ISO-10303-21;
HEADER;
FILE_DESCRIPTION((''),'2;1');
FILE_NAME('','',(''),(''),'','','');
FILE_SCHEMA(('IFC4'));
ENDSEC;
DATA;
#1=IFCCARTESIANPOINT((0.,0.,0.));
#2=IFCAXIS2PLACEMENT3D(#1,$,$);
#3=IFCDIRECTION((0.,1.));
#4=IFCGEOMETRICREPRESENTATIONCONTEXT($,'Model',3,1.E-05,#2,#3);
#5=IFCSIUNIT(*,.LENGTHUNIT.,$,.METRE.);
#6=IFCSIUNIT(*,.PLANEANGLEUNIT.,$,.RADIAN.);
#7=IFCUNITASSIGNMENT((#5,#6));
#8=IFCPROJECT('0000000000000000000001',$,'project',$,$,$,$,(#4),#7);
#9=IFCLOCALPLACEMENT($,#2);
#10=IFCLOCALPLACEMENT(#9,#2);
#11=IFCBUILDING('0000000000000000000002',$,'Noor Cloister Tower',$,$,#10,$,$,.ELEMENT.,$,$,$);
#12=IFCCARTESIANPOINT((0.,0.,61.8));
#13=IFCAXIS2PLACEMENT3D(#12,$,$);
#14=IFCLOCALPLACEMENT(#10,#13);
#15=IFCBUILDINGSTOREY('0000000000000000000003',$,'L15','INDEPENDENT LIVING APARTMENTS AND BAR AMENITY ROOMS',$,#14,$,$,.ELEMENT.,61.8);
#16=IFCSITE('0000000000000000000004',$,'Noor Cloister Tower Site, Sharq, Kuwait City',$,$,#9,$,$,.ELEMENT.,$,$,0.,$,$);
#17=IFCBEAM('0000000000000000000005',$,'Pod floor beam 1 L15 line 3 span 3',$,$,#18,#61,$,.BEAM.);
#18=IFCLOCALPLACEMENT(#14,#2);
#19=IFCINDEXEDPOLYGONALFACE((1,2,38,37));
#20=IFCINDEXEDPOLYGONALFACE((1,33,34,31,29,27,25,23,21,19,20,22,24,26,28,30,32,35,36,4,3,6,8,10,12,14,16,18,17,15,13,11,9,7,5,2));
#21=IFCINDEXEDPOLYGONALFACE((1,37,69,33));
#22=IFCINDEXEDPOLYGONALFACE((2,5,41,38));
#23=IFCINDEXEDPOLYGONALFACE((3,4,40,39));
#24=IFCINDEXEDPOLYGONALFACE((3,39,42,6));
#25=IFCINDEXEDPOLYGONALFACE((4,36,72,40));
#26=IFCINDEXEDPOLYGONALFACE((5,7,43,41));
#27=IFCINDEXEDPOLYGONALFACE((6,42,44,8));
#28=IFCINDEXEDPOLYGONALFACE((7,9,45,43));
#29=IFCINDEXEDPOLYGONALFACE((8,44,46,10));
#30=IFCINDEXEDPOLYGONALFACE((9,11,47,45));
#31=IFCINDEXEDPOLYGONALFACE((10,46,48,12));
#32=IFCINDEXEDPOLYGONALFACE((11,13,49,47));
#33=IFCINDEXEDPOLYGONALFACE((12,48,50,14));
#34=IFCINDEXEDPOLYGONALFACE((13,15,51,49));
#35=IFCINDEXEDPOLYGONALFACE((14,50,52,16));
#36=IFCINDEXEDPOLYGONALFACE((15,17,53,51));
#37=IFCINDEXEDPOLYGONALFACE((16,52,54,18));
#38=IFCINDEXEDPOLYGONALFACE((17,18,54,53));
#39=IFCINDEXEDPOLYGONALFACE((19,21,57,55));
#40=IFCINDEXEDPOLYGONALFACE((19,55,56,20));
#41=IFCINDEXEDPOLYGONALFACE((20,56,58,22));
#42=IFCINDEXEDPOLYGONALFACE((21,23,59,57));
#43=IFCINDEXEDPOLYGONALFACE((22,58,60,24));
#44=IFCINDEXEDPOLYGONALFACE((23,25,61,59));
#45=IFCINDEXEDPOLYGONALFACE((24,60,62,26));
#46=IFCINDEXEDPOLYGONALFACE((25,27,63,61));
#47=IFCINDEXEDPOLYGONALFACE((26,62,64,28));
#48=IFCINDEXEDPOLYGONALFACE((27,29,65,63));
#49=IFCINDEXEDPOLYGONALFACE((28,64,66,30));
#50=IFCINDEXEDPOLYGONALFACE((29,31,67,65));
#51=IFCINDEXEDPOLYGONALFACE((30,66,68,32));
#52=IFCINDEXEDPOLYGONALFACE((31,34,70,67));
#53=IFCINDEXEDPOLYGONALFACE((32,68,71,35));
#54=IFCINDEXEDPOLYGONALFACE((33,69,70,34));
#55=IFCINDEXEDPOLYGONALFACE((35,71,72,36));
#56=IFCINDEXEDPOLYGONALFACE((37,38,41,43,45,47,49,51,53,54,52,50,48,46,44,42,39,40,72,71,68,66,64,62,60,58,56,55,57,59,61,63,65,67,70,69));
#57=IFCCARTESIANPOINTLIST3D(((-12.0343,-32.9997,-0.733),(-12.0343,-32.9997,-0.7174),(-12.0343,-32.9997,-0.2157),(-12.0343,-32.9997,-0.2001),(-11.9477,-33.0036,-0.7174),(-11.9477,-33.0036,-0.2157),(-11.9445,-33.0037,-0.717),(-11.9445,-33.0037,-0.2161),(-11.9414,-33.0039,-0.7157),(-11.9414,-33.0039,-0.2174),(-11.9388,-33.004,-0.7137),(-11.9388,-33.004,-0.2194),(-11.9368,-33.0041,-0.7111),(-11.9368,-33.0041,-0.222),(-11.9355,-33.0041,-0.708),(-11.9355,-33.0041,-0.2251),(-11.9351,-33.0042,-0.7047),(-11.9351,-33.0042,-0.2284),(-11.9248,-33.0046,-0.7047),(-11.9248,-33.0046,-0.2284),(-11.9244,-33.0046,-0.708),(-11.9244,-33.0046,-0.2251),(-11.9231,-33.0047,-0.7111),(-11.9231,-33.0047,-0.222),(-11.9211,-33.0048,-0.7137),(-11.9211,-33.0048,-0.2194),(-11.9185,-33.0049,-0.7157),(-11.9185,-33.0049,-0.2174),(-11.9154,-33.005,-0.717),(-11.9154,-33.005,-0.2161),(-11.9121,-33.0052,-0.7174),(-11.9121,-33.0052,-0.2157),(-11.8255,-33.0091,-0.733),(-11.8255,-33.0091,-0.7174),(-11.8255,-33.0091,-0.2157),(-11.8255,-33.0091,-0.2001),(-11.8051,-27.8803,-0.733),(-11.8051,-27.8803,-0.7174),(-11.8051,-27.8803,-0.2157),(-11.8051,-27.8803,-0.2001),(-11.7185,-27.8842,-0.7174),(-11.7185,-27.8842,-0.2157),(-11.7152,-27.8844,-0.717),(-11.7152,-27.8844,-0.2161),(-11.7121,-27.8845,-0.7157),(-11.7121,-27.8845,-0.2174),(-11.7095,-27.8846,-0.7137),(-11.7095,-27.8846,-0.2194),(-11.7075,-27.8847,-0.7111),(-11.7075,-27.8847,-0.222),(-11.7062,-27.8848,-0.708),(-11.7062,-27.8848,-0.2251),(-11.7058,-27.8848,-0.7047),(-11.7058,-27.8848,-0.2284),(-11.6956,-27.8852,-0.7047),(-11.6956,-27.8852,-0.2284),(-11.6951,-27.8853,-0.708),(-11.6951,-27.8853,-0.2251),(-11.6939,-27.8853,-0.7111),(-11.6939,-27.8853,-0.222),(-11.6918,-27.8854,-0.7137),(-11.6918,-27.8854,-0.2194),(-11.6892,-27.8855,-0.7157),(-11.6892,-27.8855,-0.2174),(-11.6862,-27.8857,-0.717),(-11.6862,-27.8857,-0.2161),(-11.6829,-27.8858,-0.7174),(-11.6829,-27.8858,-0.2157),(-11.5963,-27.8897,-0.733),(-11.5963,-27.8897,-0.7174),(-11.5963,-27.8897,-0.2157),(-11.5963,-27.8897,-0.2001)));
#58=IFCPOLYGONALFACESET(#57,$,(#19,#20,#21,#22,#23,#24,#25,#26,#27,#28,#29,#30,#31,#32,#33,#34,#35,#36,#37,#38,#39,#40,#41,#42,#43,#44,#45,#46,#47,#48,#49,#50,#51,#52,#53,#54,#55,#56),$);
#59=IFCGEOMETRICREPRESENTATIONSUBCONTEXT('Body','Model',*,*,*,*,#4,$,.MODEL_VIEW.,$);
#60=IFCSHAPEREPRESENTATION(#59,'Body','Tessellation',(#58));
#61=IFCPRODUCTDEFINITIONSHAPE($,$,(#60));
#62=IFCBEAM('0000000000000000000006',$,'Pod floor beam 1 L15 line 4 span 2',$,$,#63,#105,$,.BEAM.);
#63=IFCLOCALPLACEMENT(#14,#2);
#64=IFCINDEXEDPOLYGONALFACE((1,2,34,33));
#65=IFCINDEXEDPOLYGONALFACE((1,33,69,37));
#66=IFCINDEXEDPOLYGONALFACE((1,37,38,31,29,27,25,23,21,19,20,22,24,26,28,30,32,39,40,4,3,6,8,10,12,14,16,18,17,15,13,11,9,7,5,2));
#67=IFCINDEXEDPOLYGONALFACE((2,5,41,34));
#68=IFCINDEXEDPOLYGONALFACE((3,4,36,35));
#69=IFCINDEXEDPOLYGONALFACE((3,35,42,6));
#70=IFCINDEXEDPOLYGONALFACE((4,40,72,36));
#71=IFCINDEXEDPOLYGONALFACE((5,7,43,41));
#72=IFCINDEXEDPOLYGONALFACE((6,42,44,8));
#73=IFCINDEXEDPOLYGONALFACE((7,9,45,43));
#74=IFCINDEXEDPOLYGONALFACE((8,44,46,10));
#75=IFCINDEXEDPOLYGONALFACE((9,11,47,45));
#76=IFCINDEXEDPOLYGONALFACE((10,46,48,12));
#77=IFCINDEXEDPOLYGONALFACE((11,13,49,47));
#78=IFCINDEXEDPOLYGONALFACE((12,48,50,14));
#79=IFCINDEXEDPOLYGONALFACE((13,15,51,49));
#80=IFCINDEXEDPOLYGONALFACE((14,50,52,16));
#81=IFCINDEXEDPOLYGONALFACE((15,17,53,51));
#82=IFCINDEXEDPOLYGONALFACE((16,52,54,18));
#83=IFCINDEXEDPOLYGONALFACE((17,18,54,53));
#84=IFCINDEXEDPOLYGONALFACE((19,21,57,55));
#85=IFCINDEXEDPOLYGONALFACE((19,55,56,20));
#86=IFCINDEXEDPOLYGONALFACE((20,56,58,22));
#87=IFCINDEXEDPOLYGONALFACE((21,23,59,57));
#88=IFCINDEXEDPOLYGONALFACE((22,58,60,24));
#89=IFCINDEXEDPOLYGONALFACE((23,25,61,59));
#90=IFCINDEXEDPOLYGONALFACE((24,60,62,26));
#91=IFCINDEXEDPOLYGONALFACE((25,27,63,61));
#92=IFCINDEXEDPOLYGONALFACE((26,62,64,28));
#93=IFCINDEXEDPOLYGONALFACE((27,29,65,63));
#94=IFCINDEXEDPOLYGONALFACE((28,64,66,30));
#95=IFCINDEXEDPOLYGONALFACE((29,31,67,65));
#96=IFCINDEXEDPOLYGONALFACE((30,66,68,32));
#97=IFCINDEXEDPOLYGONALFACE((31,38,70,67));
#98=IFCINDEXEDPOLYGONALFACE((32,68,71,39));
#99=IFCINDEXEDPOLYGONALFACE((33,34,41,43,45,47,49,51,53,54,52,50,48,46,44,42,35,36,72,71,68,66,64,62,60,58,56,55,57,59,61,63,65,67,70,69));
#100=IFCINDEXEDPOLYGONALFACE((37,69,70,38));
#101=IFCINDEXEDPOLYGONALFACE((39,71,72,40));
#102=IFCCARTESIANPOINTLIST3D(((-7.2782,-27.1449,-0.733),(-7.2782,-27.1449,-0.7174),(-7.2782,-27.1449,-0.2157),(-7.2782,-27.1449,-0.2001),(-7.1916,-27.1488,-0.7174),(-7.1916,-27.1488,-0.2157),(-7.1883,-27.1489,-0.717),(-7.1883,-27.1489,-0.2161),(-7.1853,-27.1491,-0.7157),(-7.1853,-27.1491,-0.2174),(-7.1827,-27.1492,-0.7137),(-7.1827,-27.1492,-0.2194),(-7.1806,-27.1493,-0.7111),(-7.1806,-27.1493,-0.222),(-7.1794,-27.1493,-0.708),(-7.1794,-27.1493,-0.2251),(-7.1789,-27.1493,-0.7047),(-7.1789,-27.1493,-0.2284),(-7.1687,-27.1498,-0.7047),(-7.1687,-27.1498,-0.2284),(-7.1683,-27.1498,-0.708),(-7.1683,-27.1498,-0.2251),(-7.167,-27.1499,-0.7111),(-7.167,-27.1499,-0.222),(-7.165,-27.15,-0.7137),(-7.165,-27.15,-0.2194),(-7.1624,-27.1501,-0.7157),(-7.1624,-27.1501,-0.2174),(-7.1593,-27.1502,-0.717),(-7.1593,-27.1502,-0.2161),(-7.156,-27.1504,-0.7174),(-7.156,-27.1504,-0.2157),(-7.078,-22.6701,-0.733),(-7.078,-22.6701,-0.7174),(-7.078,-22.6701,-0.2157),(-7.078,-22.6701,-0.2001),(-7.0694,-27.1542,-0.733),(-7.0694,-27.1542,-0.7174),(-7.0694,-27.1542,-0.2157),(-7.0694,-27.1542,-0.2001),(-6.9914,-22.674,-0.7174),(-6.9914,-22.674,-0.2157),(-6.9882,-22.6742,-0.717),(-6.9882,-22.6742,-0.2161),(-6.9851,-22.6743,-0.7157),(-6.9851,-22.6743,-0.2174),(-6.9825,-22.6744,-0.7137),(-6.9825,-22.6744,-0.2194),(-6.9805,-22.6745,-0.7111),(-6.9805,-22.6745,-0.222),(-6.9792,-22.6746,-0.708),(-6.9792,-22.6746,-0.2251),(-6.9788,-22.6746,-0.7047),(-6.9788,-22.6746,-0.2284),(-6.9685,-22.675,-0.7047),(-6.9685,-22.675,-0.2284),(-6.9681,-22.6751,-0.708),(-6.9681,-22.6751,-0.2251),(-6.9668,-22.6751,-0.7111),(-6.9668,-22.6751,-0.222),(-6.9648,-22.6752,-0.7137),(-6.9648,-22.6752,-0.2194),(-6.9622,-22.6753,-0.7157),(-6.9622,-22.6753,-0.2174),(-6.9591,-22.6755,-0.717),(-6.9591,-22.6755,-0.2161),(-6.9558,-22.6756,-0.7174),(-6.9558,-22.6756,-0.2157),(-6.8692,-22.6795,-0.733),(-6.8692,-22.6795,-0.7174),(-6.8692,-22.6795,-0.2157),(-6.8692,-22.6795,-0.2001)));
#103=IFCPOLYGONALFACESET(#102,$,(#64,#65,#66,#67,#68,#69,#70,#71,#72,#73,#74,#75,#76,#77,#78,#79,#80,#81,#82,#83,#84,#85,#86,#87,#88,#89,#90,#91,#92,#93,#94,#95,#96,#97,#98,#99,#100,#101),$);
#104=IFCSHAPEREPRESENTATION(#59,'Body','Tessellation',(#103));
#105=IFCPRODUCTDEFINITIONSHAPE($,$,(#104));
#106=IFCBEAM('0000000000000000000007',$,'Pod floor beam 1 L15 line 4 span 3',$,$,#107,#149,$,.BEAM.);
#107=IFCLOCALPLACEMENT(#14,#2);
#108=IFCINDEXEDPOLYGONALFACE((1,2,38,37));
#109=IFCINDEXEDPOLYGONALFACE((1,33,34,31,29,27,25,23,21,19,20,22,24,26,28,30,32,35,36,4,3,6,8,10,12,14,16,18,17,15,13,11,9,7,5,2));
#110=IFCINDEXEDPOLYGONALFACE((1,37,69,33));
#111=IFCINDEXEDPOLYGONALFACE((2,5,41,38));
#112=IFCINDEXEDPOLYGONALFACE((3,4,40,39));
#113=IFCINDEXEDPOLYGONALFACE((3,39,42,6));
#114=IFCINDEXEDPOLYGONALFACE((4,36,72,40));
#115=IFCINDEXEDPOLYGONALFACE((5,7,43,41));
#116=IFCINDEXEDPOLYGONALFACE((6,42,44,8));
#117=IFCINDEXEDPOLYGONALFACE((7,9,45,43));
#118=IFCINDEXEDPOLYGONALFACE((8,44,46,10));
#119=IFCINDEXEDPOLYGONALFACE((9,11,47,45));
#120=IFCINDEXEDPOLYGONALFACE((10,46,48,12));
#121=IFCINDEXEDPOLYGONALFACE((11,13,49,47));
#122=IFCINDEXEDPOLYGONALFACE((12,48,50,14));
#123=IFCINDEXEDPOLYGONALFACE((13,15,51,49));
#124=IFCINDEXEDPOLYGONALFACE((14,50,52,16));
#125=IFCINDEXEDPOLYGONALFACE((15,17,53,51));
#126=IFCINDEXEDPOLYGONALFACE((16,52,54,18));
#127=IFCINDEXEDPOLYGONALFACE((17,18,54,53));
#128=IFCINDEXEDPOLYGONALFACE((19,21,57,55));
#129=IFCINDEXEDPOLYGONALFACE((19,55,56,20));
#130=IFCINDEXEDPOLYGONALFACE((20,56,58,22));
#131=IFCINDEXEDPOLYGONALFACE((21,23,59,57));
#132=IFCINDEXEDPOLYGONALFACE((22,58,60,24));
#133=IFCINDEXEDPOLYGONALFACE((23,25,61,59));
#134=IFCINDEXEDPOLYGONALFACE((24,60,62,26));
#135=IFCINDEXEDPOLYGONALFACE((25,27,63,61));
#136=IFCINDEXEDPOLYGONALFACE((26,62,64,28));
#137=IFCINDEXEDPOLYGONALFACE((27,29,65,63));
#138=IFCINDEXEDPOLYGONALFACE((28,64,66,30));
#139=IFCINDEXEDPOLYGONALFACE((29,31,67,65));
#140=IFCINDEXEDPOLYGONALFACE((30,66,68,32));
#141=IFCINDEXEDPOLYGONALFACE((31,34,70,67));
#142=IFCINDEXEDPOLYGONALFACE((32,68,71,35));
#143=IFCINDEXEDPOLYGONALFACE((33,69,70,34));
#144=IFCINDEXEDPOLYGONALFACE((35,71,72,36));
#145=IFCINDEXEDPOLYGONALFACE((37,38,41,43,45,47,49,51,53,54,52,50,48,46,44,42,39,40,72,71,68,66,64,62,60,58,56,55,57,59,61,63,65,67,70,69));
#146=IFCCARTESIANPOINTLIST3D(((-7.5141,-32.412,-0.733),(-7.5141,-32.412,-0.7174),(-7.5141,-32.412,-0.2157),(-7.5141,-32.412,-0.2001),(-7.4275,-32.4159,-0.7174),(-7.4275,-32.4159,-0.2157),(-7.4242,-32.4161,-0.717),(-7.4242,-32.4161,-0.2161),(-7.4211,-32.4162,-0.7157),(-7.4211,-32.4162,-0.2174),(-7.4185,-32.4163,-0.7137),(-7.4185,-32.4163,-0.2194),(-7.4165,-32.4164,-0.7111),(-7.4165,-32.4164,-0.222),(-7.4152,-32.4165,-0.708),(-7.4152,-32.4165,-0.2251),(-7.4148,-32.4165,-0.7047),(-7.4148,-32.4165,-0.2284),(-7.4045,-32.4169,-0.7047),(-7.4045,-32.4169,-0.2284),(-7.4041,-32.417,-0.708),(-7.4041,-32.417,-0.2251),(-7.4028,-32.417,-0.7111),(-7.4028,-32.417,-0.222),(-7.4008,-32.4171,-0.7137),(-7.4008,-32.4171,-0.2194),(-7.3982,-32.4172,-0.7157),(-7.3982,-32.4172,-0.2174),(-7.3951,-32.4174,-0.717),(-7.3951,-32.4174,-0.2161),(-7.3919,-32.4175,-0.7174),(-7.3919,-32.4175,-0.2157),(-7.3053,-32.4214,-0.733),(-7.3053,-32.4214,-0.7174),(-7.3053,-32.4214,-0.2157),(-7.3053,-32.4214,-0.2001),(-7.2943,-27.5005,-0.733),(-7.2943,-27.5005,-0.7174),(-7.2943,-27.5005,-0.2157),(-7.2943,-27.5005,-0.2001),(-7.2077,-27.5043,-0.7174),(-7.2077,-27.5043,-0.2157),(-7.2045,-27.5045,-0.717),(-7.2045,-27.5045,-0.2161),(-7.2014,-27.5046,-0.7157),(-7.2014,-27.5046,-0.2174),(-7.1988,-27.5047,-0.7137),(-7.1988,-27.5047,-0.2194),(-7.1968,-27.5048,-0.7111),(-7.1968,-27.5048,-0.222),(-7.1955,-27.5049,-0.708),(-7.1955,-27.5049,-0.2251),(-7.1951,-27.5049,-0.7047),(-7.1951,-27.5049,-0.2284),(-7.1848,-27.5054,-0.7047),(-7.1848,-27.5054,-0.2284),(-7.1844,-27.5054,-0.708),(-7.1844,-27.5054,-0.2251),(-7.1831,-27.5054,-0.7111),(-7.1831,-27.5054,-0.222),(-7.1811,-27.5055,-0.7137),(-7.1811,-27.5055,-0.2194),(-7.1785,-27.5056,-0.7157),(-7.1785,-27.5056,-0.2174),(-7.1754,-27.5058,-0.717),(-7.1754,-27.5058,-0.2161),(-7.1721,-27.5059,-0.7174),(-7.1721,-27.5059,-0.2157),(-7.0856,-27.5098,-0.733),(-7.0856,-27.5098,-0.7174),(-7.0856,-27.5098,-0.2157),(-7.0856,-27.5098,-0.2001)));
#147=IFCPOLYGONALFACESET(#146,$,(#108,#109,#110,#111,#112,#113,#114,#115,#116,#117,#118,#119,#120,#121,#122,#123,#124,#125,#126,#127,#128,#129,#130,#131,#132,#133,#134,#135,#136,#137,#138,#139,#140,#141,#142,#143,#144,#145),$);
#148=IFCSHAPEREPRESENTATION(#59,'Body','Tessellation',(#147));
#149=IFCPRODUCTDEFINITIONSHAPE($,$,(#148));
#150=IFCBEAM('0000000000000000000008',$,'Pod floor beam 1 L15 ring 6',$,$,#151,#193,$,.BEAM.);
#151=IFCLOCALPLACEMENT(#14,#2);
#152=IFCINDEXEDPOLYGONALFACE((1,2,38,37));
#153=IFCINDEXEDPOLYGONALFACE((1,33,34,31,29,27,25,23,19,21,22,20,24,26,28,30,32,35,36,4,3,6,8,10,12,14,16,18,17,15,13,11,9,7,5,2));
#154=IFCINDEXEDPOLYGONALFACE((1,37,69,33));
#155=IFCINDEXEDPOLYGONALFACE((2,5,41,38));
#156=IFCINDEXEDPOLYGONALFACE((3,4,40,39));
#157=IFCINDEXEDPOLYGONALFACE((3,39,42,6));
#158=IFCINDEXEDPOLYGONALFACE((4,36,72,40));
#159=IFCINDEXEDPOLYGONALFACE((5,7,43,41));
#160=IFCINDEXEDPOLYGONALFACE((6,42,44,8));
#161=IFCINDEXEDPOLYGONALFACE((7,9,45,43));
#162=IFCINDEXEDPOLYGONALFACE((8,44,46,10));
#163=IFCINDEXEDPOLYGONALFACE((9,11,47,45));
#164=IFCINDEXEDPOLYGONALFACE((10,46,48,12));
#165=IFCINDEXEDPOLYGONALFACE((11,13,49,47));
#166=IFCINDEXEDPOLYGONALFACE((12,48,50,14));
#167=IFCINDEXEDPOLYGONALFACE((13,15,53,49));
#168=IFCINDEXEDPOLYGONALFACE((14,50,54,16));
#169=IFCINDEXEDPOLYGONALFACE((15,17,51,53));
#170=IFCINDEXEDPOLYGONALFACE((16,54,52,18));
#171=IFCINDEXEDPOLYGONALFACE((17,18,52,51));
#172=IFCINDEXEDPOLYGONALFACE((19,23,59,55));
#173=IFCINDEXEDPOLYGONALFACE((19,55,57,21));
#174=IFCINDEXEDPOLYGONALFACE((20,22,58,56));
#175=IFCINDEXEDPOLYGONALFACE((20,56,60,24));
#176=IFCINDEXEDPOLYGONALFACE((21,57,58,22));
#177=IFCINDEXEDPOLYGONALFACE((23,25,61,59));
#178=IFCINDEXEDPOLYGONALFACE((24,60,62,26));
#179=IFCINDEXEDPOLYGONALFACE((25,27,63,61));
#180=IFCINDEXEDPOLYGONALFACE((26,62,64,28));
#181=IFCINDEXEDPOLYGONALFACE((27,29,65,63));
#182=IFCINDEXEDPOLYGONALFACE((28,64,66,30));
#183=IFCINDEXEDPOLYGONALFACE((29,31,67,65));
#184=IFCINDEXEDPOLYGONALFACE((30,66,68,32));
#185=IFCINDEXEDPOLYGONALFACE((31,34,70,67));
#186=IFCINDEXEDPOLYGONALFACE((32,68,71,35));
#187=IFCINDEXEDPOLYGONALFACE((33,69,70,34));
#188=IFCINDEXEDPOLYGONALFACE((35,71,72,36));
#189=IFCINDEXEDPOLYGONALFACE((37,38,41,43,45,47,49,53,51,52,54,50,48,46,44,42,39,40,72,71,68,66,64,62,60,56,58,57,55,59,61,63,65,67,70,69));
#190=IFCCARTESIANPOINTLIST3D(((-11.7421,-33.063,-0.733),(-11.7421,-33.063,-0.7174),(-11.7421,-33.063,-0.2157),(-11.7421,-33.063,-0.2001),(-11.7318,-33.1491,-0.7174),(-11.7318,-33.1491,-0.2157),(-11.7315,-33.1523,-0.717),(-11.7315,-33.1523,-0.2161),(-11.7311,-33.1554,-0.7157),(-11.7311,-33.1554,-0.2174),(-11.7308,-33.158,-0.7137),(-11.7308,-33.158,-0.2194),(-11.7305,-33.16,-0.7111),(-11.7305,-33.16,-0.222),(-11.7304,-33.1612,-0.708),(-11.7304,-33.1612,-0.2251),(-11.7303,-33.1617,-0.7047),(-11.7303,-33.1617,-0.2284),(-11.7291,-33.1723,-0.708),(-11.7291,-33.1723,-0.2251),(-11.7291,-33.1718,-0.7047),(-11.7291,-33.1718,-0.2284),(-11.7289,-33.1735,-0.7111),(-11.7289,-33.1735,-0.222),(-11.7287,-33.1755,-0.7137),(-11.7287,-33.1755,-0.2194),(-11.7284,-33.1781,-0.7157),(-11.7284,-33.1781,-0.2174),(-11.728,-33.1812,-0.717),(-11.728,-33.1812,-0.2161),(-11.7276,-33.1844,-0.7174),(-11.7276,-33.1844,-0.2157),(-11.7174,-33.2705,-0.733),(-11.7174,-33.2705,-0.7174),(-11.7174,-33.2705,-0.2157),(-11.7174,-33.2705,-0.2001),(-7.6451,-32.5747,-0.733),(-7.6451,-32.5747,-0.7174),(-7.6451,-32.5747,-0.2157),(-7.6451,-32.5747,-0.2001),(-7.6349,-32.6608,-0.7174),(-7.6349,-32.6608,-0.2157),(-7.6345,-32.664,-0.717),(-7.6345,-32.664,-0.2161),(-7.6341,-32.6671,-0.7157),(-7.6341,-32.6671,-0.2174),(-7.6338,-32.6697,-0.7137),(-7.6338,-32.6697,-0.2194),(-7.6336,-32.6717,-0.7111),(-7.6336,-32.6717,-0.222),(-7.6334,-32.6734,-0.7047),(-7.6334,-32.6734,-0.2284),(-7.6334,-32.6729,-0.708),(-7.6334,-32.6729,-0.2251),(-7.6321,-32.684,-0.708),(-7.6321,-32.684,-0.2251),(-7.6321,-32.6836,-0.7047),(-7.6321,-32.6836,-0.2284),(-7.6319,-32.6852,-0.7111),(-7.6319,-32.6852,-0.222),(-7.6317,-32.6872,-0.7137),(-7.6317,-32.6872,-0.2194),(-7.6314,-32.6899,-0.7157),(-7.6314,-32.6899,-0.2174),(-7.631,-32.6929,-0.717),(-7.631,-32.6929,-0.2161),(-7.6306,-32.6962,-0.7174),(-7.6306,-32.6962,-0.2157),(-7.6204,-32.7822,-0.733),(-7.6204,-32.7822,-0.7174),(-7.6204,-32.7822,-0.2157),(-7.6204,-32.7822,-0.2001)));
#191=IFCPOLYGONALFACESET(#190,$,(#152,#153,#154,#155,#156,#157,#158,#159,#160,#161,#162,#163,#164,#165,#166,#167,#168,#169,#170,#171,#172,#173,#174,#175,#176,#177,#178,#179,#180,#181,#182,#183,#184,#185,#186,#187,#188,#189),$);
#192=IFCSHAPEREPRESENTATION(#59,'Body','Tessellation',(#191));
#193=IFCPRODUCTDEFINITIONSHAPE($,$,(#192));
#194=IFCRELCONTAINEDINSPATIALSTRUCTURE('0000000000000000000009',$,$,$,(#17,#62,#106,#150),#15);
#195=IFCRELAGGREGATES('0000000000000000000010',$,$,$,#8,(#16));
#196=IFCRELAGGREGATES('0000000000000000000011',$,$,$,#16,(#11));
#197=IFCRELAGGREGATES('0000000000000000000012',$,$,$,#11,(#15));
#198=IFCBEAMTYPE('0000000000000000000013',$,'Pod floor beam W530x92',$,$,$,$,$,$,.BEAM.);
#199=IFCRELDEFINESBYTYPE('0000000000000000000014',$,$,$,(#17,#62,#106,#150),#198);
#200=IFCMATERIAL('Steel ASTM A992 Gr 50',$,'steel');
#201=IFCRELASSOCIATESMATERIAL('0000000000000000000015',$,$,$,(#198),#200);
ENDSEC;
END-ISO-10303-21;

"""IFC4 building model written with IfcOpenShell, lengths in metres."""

from ifc_helpers import new_model, si_unit, direction, frame, origin, origin_2d, place, context, subcontext, project, spatial, i_section, extrude, material, material_profile, profile_set, type_object, element, save


model = new_model("IFC4")

# Units and contexts
model_context = context("Model", 3, precision=1e-05, world=origin(), true_north=direction((0.0, 1.0)))
body_context = subcontext(model_context, "Body", "Model", "MODEL_VIEW")
ifc_project = project(units=[si_unit("LENGTHUNIT", "METRE"), si_unit("PLANEANGLEUNIT", "RADIAN")], contexts=[model_context])

# Site, building, storey
site_placement = place(None, origin())
site = spatial("IfcSite", under=ifc_project, at=site_placement, Name="Noor Cloister Tower Site, Sharq, Kuwait City", CompositionType="ELEMENT", RefElevation=0.0)
building_placement = place(site_placement, origin())
building = spatial("IfcBuilding", under=site, at=building_placement, Name="Noor Cloister Tower", CompositionType="ELEMENT")
storey_placement = place(building_placement, frame((0.0, 0.0, 61.8)))
storey = spatial("IfcBuildingStorey", under=building, at=storey_placement, Name="L15", Description="INDEPENDENT LIVING APARTMENTS AND BAR AMENITY ROOMS", CompositionType="ELEMENT", Elevation=61.8)

# Beams
ifc_material_1 = material(Name="Steel ASTM A992 Gr 50", Category="steel")
ifc_material_profile_1 = material_profile(ifc_material_1, i_section(OverallWidth=0.209, OverallDepth=0.533, WebThickness=0.0103, FlangeThickness=0.0156, FilletRadius=0.0127, at=origin_2d()), Name="W530x92")
ifc_profile_set_1 = profile_set([ifc_material_profile_1], Name="Steel ASTM A992 Gr 50")
beam_type = type_object("IfcBeamType", Name="Pod floor beam W530x92", PredefinedType="BEAM", material=ifc_profile_set_1)
beam_1_placement = place(storey_placement, frame((-11.7007, -27.885, -0.4666), z_axis=(-0.044736, -0.998999, 0.0), x_axis=(0.998999, -0.044736, 0.0)))
element("IfcBeam", 1, at=beam_1_placement, inside=storey, type_object=beam_type, Name="Pod floor beam 1 L15 line 3 span 3", PredefinedType="BEAM", context=body_context, shape_type="SweptSolid", body=[
    extrude(i_section(OverallWidth=0.209, OverallDepth=0.533, WebThickness=0.0103, FlangeThickness=0.0156, FilletRadius=0.0127, at=origin_2d()), origin(), (0.0, 0.0, 1.0), 5.1245),
])
beam_2_placement = place(storey_placement, frame((-6.9736, -22.6748, -0.4666), z_axis=(-0.044693, -0.999001, 0.0), x_axis=(0.999001, -0.044693, 0.0)))
element("IfcBeam", 2, at=beam_2_placement, inside=storey, type_object=beam_type, Name="Pod floor beam 1 L15 line 4 span 2", PredefinedType="BEAM", context=body_context, shape_type="SweptSolid", body=[
    extrude(i_section(OverallWidth=0.209, OverallDepth=0.533, WebThickness=0.0103, FlangeThickness=0.0156, FilletRadius=0.0127, at=origin_2d()), origin(), (0.0, 0.0, 1.0), 4.4792),
])
beam_3_placement = place(storey_placement, frame((-7.1899, -27.5051, -0.4666), z_axis=(-0.044691, -0.999001, 0.0), x_axis=(0.999001, -0.044691, 0.0)))
element("IfcBeam", 3, at=beam_3_placement, inside=storey, type_object=beam_type, Name="Pod floor beam 1 L15 line 4 span 3", PredefinedType="BEAM", context=body_context, shape_type="SweptSolid", body=[
    extrude(i_section(OverallWidth=0.209, OverallDepth=0.533, WebThickness=0.0103, FlangeThickness=0.0156, FilletRadius=0.0127, at=origin_2d()), origin(), (0.0, 0.0, 1.0), 4.9165),
])
beam_4_placement = place(storey_placement, frame((-11.7297, -33.1667, -0.4666), z_axis=(0.992973, 0.118345, 0.0), x_axis=(-0.118345, 0.992973, 0.0)))
element("IfcBeam", 4, at=beam_4_placement, inside=storey, type_object=beam_type, Name="Pod floor beam 1 L15 ring 6", PredefinedType="BEAM", context=body_context, shape_type="SweptSolid", body=[
    extrude(i_section(OverallWidth=0.209, OverallDepth=0.533, WebThickness=0.0103, FlangeThickness=0.0156, FilletRadius=0.0127, at=origin_2d()), origin(), (0.0, 0.0, 1.0), 4.126),
])

save(model, "model.ifc")
